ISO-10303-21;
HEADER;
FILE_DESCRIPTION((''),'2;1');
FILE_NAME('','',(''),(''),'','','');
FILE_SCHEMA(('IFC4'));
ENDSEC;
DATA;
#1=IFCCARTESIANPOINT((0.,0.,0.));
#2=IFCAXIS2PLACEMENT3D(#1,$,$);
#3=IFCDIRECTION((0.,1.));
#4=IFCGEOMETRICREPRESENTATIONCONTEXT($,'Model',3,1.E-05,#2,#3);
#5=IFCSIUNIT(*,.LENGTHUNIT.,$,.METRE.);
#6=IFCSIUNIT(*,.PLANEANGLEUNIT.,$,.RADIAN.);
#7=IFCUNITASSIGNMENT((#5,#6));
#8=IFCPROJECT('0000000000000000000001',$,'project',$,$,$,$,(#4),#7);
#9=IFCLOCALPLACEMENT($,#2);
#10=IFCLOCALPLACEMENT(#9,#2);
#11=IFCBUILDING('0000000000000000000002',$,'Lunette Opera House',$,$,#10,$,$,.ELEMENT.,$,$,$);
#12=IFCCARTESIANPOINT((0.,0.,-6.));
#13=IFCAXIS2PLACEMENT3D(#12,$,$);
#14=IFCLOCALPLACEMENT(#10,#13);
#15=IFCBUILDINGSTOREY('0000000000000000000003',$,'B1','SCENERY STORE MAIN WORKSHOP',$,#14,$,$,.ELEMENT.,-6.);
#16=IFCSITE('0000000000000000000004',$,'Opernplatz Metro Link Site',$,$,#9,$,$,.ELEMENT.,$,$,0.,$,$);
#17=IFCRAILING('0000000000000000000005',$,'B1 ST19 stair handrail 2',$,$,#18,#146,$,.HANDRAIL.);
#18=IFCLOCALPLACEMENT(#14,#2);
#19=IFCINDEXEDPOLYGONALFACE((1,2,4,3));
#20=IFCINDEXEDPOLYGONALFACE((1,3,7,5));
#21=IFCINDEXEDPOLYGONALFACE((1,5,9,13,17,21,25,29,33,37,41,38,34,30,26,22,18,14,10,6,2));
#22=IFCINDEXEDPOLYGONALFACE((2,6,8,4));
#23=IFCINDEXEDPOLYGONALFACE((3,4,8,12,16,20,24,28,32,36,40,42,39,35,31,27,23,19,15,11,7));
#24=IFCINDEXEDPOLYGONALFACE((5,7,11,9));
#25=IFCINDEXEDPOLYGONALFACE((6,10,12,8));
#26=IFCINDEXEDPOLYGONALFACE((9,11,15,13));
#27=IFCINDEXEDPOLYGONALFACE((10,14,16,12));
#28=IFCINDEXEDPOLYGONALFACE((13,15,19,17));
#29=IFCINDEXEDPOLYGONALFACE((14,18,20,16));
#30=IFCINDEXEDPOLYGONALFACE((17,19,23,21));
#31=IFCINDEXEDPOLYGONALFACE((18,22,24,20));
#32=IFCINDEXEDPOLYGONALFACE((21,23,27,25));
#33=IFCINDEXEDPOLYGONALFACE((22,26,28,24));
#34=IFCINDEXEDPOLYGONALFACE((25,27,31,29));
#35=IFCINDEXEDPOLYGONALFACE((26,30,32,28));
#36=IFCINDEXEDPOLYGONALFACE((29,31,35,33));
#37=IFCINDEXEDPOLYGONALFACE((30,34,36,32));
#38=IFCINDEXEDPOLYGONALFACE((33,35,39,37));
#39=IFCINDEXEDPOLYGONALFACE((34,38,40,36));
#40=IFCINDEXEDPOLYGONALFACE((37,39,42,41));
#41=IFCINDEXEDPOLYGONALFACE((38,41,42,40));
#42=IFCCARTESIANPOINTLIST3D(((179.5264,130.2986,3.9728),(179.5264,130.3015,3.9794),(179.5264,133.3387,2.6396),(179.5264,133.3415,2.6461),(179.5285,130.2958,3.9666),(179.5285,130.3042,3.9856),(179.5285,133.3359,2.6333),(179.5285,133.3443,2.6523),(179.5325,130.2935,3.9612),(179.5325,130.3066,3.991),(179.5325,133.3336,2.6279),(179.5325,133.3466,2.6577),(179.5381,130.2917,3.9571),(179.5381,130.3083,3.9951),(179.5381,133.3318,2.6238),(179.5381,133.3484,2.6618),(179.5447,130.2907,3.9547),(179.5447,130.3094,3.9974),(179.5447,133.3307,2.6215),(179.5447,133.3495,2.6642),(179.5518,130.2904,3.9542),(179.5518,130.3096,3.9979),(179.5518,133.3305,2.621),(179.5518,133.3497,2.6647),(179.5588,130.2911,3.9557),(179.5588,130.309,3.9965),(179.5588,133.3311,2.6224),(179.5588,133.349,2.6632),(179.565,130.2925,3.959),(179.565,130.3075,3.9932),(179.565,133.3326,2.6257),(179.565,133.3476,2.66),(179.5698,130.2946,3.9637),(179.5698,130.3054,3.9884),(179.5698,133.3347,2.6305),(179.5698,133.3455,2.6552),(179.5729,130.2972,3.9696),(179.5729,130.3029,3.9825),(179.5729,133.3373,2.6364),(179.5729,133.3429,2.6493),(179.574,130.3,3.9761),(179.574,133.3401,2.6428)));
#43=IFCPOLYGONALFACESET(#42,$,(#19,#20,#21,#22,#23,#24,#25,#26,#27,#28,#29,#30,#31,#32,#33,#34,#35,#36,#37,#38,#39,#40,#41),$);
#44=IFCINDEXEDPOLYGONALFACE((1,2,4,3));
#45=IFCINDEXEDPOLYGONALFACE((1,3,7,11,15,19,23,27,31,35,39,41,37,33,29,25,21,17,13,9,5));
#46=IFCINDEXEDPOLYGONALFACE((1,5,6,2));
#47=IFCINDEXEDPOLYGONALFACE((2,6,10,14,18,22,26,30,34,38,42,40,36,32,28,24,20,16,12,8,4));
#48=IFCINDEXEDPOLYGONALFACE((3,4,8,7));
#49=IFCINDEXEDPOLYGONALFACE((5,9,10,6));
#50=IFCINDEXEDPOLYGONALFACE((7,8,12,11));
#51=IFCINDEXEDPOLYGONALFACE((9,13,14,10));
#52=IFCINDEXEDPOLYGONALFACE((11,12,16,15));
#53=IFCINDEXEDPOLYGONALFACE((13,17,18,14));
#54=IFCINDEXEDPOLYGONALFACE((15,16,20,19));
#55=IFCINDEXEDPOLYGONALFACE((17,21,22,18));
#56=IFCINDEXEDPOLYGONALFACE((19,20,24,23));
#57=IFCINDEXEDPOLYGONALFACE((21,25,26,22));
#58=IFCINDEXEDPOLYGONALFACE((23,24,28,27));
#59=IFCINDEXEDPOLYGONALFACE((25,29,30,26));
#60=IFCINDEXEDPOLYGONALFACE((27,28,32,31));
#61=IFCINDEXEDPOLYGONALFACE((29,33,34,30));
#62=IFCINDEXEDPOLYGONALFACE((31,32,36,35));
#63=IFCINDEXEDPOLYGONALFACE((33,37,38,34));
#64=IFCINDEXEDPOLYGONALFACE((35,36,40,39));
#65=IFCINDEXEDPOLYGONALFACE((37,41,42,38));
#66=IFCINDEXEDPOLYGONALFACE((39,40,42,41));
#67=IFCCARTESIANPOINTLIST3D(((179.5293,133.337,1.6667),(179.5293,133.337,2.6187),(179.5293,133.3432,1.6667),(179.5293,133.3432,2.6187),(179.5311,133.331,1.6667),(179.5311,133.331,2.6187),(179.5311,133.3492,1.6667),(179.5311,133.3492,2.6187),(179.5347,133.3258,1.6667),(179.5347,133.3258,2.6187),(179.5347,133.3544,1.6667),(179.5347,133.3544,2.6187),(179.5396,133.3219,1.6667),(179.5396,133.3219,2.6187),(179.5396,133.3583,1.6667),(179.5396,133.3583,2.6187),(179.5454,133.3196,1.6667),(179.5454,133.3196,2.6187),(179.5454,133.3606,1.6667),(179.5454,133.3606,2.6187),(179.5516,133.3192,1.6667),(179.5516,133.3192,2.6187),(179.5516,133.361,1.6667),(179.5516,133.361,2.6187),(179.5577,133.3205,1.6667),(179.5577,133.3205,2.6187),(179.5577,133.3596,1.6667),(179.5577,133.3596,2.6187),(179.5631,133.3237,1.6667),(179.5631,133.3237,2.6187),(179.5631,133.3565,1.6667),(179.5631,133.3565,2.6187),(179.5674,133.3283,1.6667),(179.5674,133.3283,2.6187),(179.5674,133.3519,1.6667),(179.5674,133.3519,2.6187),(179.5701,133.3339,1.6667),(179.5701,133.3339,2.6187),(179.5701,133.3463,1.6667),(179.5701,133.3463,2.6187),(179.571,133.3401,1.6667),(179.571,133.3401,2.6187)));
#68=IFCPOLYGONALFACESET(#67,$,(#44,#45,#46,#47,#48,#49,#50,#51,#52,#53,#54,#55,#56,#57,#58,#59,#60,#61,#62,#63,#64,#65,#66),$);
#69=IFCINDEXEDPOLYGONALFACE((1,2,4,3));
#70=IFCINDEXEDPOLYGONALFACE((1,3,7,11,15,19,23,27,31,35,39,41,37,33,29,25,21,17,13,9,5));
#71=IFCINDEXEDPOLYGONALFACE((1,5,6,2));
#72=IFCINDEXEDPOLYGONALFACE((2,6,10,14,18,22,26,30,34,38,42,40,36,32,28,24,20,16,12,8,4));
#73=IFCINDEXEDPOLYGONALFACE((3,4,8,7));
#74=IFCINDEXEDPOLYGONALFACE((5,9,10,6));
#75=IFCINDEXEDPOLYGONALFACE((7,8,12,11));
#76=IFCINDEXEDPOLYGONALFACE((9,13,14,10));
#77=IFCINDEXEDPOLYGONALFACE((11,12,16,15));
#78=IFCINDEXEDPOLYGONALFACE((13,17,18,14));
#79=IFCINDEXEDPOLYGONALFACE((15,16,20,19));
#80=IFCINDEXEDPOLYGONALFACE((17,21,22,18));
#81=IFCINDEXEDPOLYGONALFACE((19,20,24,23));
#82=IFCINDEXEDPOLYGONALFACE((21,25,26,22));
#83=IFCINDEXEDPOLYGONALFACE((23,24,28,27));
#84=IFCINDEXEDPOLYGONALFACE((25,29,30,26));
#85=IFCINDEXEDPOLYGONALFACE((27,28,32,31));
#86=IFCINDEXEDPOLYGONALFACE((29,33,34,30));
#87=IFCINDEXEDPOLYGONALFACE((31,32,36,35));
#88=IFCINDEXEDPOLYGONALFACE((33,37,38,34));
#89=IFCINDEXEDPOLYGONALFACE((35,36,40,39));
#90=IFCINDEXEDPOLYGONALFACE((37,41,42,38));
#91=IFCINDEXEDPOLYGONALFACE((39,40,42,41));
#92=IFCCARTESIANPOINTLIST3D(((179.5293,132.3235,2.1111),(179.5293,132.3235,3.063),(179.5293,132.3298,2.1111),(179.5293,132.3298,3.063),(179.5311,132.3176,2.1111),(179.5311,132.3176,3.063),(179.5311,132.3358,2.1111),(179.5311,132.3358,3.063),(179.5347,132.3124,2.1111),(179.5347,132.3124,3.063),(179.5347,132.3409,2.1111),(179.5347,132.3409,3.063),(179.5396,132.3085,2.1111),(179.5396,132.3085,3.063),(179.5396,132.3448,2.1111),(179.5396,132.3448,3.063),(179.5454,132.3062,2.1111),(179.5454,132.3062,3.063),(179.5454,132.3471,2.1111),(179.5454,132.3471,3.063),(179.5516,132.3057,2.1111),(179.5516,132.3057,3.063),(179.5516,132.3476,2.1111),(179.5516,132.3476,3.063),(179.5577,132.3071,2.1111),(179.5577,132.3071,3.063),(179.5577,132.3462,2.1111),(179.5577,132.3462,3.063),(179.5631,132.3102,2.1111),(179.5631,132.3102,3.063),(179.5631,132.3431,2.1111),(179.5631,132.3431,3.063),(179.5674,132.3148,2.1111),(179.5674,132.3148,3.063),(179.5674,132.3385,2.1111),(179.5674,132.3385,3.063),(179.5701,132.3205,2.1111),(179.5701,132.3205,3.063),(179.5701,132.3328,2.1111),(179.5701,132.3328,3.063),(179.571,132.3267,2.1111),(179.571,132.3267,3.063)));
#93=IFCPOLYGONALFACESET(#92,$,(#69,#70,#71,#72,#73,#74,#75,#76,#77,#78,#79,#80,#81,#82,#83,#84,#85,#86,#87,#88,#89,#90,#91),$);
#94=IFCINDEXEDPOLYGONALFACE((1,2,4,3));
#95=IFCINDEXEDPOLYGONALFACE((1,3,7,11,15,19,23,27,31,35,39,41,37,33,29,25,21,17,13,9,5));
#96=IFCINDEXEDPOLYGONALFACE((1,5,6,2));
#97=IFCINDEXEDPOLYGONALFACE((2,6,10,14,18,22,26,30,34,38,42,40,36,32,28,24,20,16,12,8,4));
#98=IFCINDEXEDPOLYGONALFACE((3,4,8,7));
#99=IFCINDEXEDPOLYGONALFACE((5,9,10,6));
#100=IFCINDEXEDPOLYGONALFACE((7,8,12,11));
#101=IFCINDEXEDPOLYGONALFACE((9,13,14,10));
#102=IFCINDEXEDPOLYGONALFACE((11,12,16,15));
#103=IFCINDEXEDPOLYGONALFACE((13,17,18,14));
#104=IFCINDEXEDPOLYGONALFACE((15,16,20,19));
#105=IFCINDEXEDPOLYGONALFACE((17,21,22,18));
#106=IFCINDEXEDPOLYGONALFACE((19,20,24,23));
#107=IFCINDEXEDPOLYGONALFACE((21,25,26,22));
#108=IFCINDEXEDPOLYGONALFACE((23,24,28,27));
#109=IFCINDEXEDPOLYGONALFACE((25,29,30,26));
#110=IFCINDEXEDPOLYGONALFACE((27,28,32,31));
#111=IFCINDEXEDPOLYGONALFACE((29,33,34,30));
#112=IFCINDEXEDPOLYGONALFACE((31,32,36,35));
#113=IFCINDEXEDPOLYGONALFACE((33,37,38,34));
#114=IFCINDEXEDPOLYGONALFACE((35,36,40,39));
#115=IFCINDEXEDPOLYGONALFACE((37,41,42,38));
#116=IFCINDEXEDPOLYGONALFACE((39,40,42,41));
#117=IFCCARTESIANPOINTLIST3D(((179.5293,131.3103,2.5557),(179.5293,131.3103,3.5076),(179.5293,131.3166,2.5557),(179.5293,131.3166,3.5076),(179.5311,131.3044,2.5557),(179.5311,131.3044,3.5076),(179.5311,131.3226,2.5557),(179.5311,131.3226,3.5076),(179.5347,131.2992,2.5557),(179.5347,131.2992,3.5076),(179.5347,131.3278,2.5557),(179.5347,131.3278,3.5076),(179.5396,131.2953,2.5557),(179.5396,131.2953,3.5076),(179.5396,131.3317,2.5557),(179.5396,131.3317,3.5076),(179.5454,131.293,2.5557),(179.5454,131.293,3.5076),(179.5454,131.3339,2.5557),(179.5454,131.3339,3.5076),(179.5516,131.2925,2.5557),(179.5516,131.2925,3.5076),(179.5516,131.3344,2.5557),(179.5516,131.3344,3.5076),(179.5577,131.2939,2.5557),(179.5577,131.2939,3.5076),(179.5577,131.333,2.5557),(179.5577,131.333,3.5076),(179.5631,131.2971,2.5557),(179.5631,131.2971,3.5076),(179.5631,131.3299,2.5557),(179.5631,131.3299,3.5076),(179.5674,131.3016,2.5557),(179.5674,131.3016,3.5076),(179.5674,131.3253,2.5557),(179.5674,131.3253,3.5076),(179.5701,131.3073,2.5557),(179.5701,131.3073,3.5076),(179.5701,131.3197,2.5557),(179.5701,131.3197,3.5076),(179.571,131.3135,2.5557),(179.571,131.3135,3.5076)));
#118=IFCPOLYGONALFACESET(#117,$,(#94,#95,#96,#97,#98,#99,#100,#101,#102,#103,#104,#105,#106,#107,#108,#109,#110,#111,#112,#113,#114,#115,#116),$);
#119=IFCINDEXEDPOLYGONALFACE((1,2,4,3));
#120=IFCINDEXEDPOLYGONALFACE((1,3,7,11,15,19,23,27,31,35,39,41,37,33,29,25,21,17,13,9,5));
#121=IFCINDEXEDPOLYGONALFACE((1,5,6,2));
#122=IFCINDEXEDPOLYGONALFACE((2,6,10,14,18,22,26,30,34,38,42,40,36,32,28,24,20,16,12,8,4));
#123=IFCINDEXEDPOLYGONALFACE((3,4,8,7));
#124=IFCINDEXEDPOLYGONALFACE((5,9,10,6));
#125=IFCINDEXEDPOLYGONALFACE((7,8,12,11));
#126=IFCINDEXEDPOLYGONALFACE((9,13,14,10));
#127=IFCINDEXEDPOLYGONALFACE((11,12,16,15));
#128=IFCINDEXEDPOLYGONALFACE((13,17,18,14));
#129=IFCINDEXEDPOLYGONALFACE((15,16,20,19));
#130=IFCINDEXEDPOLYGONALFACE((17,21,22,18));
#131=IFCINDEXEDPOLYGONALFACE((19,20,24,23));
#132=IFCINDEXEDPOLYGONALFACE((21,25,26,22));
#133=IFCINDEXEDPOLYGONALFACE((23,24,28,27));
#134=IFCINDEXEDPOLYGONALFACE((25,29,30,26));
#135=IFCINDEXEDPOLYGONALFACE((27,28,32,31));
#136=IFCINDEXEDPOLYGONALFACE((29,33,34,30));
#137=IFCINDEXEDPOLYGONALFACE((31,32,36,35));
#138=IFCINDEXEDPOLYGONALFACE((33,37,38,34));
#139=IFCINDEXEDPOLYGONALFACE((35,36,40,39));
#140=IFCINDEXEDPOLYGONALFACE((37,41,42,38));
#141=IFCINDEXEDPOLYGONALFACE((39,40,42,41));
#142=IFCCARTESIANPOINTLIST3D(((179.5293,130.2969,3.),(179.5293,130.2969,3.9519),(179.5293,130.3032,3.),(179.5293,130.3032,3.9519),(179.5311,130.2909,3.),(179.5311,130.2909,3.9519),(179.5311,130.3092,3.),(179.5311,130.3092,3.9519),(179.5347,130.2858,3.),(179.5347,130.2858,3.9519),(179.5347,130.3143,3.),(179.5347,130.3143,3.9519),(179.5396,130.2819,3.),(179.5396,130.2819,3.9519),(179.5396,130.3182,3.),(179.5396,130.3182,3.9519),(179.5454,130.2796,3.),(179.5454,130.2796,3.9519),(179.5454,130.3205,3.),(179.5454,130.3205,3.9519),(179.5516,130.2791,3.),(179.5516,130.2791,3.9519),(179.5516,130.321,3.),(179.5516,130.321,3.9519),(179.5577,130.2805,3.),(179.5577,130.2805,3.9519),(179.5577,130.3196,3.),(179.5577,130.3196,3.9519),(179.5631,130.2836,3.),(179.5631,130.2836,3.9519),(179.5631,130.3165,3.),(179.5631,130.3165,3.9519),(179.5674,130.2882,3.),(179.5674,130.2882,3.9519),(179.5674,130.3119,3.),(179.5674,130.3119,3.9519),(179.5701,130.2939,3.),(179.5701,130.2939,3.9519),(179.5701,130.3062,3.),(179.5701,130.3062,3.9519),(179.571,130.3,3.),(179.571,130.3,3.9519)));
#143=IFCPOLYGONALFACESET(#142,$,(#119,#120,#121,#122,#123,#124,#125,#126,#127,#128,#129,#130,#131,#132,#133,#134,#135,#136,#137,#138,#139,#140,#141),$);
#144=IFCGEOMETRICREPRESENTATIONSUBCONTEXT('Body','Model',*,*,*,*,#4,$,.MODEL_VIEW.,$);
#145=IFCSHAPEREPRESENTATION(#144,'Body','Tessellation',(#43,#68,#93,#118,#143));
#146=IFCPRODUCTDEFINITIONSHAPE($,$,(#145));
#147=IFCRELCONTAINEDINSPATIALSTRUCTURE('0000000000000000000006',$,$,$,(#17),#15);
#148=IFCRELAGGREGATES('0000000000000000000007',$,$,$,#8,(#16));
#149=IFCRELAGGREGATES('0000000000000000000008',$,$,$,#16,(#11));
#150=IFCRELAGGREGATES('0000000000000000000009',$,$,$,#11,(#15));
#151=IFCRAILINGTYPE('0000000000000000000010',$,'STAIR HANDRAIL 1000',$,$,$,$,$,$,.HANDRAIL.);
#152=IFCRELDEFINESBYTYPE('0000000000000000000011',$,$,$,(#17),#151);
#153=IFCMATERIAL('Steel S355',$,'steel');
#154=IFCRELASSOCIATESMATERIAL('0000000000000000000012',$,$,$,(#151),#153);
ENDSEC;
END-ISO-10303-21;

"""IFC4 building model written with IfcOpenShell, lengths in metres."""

from ifc_helpers import new_model, si_unit, direction, frame, origin, origin_2d, place, context, subcontext, project, spatial, circle, extrude, material, type_object, element, save


model = new_model("IFC4")

# Units and contexts
model_context = context("Model", 3, precision=1e-05, world=origin(), true_north=direction((0.0, 1.0)))
body_context = subcontext(model_context, "Body", "Model", "MODEL_VIEW")
ifc_project = project(units=[si_unit("LENGTHUNIT", "METRE"), si_unit("PLANEANGLEUNIT", "RADIAN")], contexts=[model_context])

# Site, building, storey
site_placement = place(None, origin())
site = spatial("IfcSite", under=ifc_project, at=site_placement, Name="Opernplatz Metro Link Site", CompositionType="ELEMENT", RefElevation=0.0)
building_placement = place(site_placement, origin())
building = spatial("IfcBuilding", under=site, at=building_placement, Name="Lunette Opera House", CompositionType="ELEMENT")
storey_placement = place(building_placement, frame((0.0, 0.0, -6.0)))
storey = spatial("IfcBuildingStorey", under=building, at=storey_placement, Name="B1", Description="SCENERY STORE MAIN WORKSHOP", CompositionType="ELEMENT", Elevation=-6.0)

# Railing
ifc_material_1 = material(Name="Steel S355", Category="steel")
railing_type = type_object("IfcRailingType", Name="STAIR HANDRAIL 1000", PredefinedType="HANDRAIL", material=ifc_material_1)
for number, where, name in (
    (1, (179.55, 133.3401, 1.6667), "B1 ST19 stair handrail 2"),
):
    element("IfcRailing", number, at=place(storey_placement, frame(where)), inside=storey, type_object=railing_type, Name=name, PredefinedType="HANDRAIL", context=body_context, shape_type="SweptSolid", body=[
        extrude(circle(Radius=0.0239, at=origin_2d()), frame((0.0, 0.0, 0.9761), z_axis=(0.0, -0.915799, 0.401637), x_axis=(1.0, 0.0, 0.0)), (0.0, 0.0, 1.0), 3.3196),
        extrude(circle(Radius=0.021, at=origin_2d()), origin(), (0.0, 0.0, 1.0), 0.9519),
        extrude(circle(Radius=0.021, at=origin_2d()), frame((0.0, -1.0134, 0.4443)), (0.0, 0.0, 1.0), 0.9519),
        extrude(circle(Radius=0.021, at=origin_2d()), frame((0.0, -2.0266, 0.8889)), (0.0, 0.0, 1.0), 0.9519),
        extrude(circle(Radius=0.021, at=origin_2d()), frame((0.0, -3.04, 1.3333)), (0.0, 0.0, 1.0), 0.9519),
    ])

save(model, "model.ifc")
